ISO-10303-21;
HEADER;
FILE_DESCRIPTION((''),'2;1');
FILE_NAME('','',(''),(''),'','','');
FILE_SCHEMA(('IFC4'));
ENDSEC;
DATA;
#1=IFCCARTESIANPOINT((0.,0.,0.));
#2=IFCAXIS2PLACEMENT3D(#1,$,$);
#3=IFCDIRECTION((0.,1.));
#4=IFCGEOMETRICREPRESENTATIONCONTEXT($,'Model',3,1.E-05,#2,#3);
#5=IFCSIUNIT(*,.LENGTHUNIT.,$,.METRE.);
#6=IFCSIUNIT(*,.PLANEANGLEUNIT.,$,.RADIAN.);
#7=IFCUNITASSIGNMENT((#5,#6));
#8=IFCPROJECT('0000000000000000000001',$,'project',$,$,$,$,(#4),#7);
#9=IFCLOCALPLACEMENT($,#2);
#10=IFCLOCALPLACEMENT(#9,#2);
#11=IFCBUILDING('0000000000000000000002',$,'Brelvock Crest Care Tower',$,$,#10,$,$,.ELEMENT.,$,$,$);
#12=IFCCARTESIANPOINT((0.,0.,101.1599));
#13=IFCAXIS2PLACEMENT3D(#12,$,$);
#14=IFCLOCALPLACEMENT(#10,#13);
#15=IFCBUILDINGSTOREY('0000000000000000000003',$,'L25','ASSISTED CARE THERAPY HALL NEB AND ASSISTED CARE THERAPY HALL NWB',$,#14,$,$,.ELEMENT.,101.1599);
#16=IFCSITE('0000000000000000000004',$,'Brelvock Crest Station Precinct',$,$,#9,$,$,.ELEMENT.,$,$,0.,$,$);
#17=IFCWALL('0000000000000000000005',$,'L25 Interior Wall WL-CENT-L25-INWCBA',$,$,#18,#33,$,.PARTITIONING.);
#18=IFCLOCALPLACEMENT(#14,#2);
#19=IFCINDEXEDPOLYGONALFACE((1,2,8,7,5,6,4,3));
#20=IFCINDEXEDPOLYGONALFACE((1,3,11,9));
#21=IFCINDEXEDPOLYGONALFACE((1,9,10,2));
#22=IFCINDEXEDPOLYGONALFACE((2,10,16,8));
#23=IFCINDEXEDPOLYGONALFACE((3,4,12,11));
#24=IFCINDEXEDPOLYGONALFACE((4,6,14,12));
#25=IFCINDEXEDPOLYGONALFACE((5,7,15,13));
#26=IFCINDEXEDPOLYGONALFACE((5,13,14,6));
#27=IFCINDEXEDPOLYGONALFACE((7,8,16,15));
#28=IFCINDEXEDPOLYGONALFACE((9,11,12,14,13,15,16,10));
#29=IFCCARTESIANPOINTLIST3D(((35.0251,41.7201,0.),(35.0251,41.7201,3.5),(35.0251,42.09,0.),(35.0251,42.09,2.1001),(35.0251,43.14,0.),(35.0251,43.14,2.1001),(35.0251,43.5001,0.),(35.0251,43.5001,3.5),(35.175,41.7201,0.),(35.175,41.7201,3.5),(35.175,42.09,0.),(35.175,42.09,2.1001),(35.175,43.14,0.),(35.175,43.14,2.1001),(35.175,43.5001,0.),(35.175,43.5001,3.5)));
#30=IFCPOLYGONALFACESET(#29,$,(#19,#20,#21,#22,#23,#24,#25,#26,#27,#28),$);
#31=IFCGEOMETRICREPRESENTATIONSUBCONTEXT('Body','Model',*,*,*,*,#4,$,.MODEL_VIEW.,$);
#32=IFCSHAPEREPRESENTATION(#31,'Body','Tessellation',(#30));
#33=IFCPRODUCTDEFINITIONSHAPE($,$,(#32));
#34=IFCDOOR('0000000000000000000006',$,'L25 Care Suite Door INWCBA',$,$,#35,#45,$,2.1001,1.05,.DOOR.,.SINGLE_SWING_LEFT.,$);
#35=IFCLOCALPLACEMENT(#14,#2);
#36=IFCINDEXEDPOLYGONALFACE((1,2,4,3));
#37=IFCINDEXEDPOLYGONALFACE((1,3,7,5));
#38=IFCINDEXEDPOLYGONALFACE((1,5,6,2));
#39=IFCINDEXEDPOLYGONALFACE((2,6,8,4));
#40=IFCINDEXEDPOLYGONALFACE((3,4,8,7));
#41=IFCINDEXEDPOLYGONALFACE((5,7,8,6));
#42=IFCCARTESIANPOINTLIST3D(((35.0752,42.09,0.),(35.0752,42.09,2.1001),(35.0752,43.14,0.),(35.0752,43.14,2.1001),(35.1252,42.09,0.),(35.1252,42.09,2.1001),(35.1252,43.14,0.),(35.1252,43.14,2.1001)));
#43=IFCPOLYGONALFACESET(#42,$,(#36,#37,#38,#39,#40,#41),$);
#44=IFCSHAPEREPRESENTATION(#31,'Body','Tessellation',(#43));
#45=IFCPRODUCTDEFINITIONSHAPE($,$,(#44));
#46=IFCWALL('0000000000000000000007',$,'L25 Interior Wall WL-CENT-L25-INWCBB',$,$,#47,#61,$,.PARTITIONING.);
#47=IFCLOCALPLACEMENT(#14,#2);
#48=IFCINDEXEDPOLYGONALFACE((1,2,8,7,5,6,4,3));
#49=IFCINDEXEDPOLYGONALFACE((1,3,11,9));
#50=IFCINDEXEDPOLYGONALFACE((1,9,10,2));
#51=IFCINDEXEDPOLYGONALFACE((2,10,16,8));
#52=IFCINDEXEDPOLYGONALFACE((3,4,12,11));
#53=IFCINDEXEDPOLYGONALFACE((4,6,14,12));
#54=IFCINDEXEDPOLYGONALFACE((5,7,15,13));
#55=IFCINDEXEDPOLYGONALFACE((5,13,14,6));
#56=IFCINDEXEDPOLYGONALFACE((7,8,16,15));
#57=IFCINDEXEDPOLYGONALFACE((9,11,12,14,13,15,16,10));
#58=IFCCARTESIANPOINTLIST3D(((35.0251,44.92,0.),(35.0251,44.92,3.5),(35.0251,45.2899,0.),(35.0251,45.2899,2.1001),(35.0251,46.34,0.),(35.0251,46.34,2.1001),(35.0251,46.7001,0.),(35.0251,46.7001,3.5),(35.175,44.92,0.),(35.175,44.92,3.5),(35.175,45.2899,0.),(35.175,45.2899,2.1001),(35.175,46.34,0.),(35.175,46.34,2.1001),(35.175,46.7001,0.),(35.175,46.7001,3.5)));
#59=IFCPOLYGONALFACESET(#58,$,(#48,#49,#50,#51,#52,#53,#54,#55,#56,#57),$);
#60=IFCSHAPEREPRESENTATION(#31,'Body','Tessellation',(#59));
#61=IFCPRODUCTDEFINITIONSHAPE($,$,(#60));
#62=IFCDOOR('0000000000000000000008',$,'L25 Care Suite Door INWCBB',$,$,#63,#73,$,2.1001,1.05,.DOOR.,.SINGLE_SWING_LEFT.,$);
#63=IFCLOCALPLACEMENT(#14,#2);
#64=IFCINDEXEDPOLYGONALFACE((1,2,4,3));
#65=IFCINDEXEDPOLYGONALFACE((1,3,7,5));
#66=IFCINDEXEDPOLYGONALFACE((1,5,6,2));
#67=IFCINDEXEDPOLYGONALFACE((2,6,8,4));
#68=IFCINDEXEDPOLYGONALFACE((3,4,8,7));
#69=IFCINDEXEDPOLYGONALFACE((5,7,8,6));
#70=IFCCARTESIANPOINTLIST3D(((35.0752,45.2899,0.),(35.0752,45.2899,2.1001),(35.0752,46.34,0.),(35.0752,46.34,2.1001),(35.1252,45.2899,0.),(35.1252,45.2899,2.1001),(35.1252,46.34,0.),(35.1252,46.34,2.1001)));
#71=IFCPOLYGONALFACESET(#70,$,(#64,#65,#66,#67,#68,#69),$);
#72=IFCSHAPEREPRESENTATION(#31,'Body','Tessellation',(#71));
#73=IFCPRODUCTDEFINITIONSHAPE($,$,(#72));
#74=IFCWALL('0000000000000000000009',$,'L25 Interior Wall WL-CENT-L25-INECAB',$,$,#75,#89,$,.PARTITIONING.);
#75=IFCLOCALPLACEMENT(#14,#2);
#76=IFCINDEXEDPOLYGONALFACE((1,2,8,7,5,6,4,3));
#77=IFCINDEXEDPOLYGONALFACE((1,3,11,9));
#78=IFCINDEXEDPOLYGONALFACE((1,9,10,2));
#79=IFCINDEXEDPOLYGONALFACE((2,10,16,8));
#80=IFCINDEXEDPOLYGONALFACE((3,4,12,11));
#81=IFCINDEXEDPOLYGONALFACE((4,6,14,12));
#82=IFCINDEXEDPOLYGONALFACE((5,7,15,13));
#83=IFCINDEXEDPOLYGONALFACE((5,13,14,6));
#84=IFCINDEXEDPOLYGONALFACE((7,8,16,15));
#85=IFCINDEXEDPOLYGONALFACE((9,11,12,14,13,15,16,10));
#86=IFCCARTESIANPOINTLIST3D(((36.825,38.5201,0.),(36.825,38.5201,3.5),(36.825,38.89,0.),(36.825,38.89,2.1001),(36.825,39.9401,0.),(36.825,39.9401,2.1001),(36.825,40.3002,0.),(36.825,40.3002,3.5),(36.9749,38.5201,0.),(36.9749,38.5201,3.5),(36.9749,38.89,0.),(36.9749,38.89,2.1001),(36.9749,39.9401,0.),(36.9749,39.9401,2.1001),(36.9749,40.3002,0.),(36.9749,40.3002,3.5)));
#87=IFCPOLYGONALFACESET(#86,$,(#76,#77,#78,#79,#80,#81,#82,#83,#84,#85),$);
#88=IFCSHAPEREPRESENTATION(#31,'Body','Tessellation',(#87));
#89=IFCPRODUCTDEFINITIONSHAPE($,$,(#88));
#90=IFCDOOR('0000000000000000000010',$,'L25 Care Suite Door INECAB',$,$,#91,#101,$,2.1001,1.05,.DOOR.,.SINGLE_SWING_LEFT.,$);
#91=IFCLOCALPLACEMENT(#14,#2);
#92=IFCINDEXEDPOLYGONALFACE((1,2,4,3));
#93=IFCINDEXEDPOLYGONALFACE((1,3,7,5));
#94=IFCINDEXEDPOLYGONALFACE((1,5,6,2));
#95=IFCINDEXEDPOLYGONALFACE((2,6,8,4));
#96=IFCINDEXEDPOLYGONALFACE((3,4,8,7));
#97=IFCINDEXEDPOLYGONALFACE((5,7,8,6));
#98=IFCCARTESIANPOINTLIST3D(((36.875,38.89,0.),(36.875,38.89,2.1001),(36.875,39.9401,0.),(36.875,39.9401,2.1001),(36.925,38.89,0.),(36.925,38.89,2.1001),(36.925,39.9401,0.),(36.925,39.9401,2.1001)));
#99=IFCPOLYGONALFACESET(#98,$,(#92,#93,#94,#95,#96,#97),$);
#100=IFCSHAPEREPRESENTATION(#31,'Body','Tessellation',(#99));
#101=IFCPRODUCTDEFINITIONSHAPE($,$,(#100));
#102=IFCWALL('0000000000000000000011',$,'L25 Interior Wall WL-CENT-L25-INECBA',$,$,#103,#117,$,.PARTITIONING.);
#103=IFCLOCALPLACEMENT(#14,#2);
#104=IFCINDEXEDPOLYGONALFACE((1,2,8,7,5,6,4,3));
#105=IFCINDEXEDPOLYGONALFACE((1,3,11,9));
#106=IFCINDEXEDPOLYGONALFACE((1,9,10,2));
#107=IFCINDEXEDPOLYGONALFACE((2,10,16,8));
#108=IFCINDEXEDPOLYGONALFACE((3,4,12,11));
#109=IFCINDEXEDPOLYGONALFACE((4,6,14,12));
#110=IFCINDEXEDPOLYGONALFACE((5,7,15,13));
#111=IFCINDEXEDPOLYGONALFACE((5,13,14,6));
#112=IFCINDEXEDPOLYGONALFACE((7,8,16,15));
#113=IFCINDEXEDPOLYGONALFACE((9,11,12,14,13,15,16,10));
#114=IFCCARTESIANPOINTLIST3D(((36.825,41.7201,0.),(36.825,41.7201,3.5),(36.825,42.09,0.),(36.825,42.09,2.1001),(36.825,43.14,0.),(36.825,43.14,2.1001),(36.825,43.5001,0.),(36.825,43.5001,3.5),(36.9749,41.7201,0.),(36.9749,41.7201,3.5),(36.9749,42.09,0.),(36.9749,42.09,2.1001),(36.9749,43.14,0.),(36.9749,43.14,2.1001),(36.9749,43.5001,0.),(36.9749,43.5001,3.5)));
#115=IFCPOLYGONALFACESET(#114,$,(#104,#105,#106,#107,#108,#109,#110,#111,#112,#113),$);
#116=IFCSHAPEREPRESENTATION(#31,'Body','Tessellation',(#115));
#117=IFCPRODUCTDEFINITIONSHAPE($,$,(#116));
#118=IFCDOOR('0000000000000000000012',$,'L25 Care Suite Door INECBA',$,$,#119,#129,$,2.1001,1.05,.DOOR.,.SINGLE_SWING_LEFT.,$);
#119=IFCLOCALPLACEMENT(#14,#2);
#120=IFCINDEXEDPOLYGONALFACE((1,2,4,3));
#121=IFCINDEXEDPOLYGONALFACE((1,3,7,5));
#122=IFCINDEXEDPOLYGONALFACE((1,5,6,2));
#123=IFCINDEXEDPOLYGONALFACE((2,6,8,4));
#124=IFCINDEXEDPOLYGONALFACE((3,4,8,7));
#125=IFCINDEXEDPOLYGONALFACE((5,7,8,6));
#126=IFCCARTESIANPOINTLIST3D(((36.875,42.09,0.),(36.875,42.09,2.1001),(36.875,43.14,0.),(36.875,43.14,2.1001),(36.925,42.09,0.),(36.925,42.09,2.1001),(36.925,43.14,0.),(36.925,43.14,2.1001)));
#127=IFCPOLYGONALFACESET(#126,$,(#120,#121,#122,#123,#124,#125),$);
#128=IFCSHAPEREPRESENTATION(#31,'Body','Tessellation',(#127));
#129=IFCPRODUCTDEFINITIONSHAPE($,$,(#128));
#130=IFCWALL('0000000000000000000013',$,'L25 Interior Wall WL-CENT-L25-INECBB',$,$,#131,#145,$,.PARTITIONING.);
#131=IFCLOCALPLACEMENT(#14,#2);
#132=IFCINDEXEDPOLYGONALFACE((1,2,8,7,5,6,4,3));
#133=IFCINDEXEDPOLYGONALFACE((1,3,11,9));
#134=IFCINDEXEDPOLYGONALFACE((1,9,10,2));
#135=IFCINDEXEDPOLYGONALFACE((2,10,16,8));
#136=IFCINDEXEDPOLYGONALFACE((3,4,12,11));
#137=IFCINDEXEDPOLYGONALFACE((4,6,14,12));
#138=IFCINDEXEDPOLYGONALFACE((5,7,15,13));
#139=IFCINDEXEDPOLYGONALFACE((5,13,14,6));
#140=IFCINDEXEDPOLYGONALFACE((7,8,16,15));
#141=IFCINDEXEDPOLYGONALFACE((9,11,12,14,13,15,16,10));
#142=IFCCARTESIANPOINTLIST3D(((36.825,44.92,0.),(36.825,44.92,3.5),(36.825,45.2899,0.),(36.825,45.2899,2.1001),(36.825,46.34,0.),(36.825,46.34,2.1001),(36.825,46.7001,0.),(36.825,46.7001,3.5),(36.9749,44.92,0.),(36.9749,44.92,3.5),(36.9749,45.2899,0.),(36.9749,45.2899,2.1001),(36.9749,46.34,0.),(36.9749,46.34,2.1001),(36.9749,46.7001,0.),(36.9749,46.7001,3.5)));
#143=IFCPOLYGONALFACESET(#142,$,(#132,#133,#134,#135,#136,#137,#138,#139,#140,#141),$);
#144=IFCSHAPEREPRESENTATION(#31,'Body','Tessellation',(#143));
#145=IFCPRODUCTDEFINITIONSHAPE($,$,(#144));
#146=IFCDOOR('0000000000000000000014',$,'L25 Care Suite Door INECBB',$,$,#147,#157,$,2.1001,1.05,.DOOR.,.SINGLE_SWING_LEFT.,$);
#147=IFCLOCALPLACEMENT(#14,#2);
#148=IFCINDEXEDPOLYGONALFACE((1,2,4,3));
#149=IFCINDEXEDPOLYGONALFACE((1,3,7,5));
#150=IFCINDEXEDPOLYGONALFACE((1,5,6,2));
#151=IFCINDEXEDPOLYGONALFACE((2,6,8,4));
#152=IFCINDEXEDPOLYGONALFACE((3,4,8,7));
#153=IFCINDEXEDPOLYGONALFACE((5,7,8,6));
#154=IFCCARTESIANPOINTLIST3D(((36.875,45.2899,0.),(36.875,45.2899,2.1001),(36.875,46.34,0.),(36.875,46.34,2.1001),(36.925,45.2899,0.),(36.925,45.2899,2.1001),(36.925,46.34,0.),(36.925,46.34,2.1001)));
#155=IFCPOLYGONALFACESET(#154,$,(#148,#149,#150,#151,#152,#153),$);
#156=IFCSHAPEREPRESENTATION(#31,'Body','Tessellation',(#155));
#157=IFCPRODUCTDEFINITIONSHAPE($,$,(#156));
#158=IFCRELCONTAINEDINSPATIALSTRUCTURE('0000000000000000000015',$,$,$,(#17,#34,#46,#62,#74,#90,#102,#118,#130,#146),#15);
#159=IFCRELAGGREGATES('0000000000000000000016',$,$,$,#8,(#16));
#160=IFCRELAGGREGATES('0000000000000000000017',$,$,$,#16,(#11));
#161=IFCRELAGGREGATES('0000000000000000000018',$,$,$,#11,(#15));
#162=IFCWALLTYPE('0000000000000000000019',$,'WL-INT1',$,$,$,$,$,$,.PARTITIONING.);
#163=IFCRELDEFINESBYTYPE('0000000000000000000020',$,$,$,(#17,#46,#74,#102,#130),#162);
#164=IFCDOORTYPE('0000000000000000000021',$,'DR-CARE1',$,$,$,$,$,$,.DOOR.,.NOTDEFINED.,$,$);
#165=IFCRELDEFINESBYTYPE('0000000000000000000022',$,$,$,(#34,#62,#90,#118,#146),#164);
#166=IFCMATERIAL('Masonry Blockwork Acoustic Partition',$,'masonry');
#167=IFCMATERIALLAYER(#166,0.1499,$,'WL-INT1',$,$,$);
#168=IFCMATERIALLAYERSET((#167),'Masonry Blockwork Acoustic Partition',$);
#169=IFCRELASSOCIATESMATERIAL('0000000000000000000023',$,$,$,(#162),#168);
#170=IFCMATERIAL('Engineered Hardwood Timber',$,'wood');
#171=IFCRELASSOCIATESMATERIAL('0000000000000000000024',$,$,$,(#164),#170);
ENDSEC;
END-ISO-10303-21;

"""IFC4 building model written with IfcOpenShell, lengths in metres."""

from ifc_helpers import new_model, si_unit, direction, frame, frame_2d, origin, origin_2d, place, context, subcontext, project, spatial, rectangle, extrude, source, transform, mapped, material, layer, layer_set, type_object, element, fill, save


model = new_model("IFC4")

# Units and contexts
model_context = context("Model", 3, precision=1e-05, world=origin(), true_north=direction((0.0, 1.0)))
body_context = subcontext(model_context, "Body", "Model", "MODEL_VIEW")
ifc_project = project(units=[si_unit("LENGTHUNIT", "METRE"), si_unit("PLANEANGLEUNIT", "RADIAN")], contexts=[model_context])

# Site, building, storey
site_placement = place(None, origin())
site = spatial("IfcSite", under=ifc_project, at=site_placement, Name="Brelvock Crest Station Precinct", CompositionType="ELEMENT", RefElevation=0.0)
building_placement = place(site_placement, origin())
building = spatial("IfcBuilding", under=site, at=building_placement, Name="Brelvock Crest Care Tower", CompositionType="ELEMENT")
storey_placement = place(building_placement, frame((0.0, 0.0, 101.1599)))
storey = spatial("IfcBuildingStorey", under=building, at=storey_placement, Name="L25", Description="ASSISTED CARE THERAPY HALL NEB AND ASSISTED CARE THERAPY HALL NWB", CompositionType="ELEMENT", Elevation=101.1599)

# Shared definitions
ifc_material_1 = material(Name="Masonry Blockwork Acoustic Partition", Category="masonry")
ifc_layer = layer(ifc_material_1, 0.1499, Name="WL-INT1")
ifc_layer_set = layer_set([ifc_layer], Name="Masonry Blockwork Acoustic Partition")
wall_type = type_object("IfcWallType", Name="WL-INT1", PredefinedType="PARTITIONING", material=ifc_layer_set)

# Walls, openings, doors
ifc_material_2 = material(Name="Engineered Hardwood Timber", Category="wood")
door_type = type_object("IfcDoorType", Name="DR-CARE1", OperationType="NOTDEFINED", PredefinedType="DOOR", material=ifc_material_2)
shared_shape_1 = source(origin(), body_context, "Body", "SweptSolid", [
    extrude(rectangle(XDim=1.05, YDim=2.1001, at=origin_2d()), frame((0.5249, 0.0249, 1.05), z_axis=(0.0, -1.0, 0.0), x_axis=(1.0, 0.0, 0.0)), (0.0, 0.0, 1.0), 0.05),
])
wall_1_placement = place(storey_placement, frame((35.1001, 41.72, 0.0), z_axis=(0.0, 0.0, 1.0), x_axis=(0.0, 1.0, 0.0)))
wall_1 = element("IfcWall", 1, at=wall_1_placement, inside=storey, type_object=wall_type, Name="L25 Interior Wall WL-CENT-L25-INWCBA", PredefinedType="PARTITIONING", context=body_context, shape_type="SweptSolid", body=[
    extrude(rectangle(XDim=1.78, YDim=0.1499, at=frame_2d((0.8901, 0.0))), origin(), (0.0, 0.0, 1.0), 3.5),
])
opening_1_placement = place(wall_1_placement, frame((0.3701, 0.0, 0.0)))
opening_1 = element("IfcOpeningElement", 2, at=opening_1_placement, cuts=wall_1, PredefinedType="OPENING", context=body_context, shape_type="SweptSolid", body=[
    extrude(rectangle(XDim=1.05, YDim=2.1001, at=origin_2d()), frame((0.5249, 0.085, 1.05), z_axis=(0.0, -1.0, 0.0), x_axis=(1.0, 0.0, 0.0)), (0.0, 0.0, 1.0), 0.1699),
])
door_1_placement = place(opening_1_placement, origin())
door_1 = element("IfcDoor", 3, at=door_1_placement, inside=storey, type_object=door_type, Name="L25 Care Suite Door INWCBA", OperationType="SINGLE_SWING_LEFT", OverallHeight=2.1001, OverallWidth=1.05, PredefinedType="DOOR", context=body_context, shape_type="MappedRepresentation", body=[
    mapped(shared_shape_1, transform((0.0, 0.0, 0.0), x_axis=(1.0, 0.0, 0.0), y_axis=(0.0, 1.0, 0.0), z_axis=(0.0, 0.0, 1.0), scale=1.0)),
])
fill(opening_1, door_1)
wall_2_placement = place(storey_placement, frame((35.1001, 44.9199, 0.0), z_axis=(0.0, 0.0, 1.0), x_axis=(0.0, 1.0, 0.0)))
wall_2 = element("IfcWall", 4, at=wall_2_placement, inside=storey, type_object=wall_type, Name="L25 Interior Wall WL-CENT-L25-INWCBB", PredefinedType="PARTITIONING", context=body_context, shape_type="SweptSolid", body=[
    extrude(rectangle(XDim=1.78, YDim=0.1499, at=frame_2d((0.8901, 0.0))), origin(), (0.0, 0.0, 1.0), 3.5),
])
opening_2_placement = place(wall_2_placement, frame((0.3701, 0.0, 0.0)))
opening_2 = element("IfcOpeningElement", 5, at=opening_2_placement, cuts=wall_2, PredefinedType="OPENING", context=body_context, shape_type="SweptSolid", body=[
    extrude(rectangle(XDim=1.05, YDim=2.1001, at=origin_2d()), frame((0.5249, 0.085, 1.05), z_axis=(0.0, -1.0, 0.0), x_axis=(1.0, 0.0, 0.0)), (0.0, 0.0, 1.0), 0.1699),
])
door_2_placement = place(opening_2_placement, origin())
door_2 = element("IfcDoor", 6, at=door_2_placement, inside=storey, type_object=door_type, Name="L25 Care Suite Door INWCBB", OperationType="SINGLE_SWING_LEFT", OverallHeight=2.1001, OverallWidth=1.05, PredefinedType="DOOR", context=body_context, shape_type="MappedRepresentation", body=[
    mapped(shared_shape_1, transform((0.0, 0.0, 0.0), x_axis=(1.0, 0.0, 0.0), y_axis=(0.0, 1.0, 0.0), z_axis=(0.0, 0.0, 1.0), scale=1.0)),
])
fill(opening_2, door_2)
wall_3_placement = place(storey_placement, frame((36.8999, 38.52, 0.0), z_axis=(0.0, 0.0, 1.0), x_axis=(0.0, 1.0, 0.0)))
wall_3 = element("IfcWall", 7, at=wall_3_placement, inside=storey, type_object=wall_type, Name="L25 Interior Wall WL-CENT-L25-INECAB", PredefinedType="PARTITIONING", context=body_context, shape_type="SweptSolid", body=[
    extrude(rectangle(XDim=1.78, YDim=0.1499, at=frame_2d((0.8901, 0.0))), origin(), (0.0, 0.0, 1.0), 3.5),
])
opening_3_placement = place(wall_3_placement, frame((0.3701, 0.0, 0.0)))
opening_3 = element("IfcOpeningElement", 8, at=opening_3_placement, cuts=wall_3, PredefinedType="OPENING", context=body_context, shape_type="SweptSolid", body=[
    extrude(rectangle(XDim=1.05, YDim=2.1001, at=origin_2d()), frame((0.5249, 0.085, 1.05), z_axis=(0.0, -1.0, 0.0), x_axis=(1.0, 0.0, 0.0)), (0.0, 0.0, 1.0), 0.1699),
])
door_3_placement = place(opening_3_placement, origin())
door_3 = element("IfcDoor", 9, at=door_3_placement, inside=storey, type_object=door_type, Name="L25 Care Suite Door INECAB", OperationType="SINGLE_SWING_LEFT", OverallHeight=2.1001, OverallWidth=1.05, PredefinedType="DOOR", context=body_context, shape_type="MappedRepresentation", body=[
    mapped(shared_shape_1, transform((0.0, 0.0, 0.0), x_axis=(1.0, 0.0, 0.0), y_axis=(0.0, 1.0, 0.0), z_axis=(0.0, 0.0, 1.0), scale=1.0)),
])
fill(opening_3, door_3)
wall_4_placement = place(storey_placement, frame((36.8999, 41.72, 0.0), z_axis=(0.0, 0.0, 1.0), x_axis=(0.0, 1.0, 0.0)))
wall_4 = element("IfcWall", 10, at=wall_4_placement, inside=storey, type_object=wall_type, Name="L25 Interior Wall WL-CENT-L25-INECBA", PredefinedType="PARTITIONING", context=body_context, shape_type="SweptSolid", body=[
    extrude(rectangle(XDim=1.78, YDim=0.1499, at=frame_2d((0.8901, 0.0))), origin(), (0.0, 0.0, 1.0), 3.5),
])
opening_4_placement = place(wall_4_placement, frame((0.3701, 0.0, 0.0)))
opening_4 = element("IfcOpeningElement", 11, at=opening_4_placement, cuts=wall_4, PredefinedType="OPENING", context=body_context, shape_type="SweptSolid", body=[
    extrude(rectangle(XDim=1.05, YDim=2.1001, at=origin_2d()), frame((0.5249, 0.085, 1.05), z_axis=(0.0, -1.0, 0.0), x_axis=(1.0, 0.0, 0.0)), (0.0, 0.0, 1.0), 0.1699),
])
door_4_placement = place(opening_4_placement, origin())
door_4 = element("IfcDoor", 12, at=door_4_placement, inside=storey, type_object=door_type, Name="L25 Care Suite Door INECBA", OperationType="SINGLE_SWING_LEFT", OverallHeight=2.1001, OverallWidth=1.05, PredefinedType="DOOR", context=body_context, shape_type="MappedRepresentation", body=[
    mapped(shared_shape_1, transform((0.0, 0.0, 0.0), x_axis=(1.0, 0.0, 0.0), y_axis=(0.0, 1.0, 0.0), z_axis=(0.0, 0.0, 1.0), scale=1.0)),
])
fill(opening_4, door_4)
wall_5_placement = place(storey_placement, frame((36.8999, 44.9199, 0.0), z_axis=(0.0, 0.0, 1.0), x_axis=(0.0, 1.0, 0.0)))
wall_5 = element("IfcWall", 13, at=wall_5_placement, inside=storey, type_object=wall_type, Name="L25 Interior Wall WL-CENT-L25-INECBB", PredefinedType="PARTITIONING", context=body_context, shape_type="SweptSolid", body=[
    extrude(rectangle(XDim=1.78, YDim=0.1499, at=frame_2d((0.8901, 0.0))), origin(), (0.0, 0.0, 1.0), 3.5),
])
opening_5_placement = place(wall_5_placement, frame((0.3701, 0.0, 0.0)))
opening_5 = element("IfcOpeningElement", 14, at=opening_5_placement, cuts=wall_5, PredefinedType="OPENING", context=body_context, shape_type="SweptSolid", body=[
    extrude(rectangle(XDim=1.05, YDim=2.1001, at=origin_2d()), frame((0.5249, 0.085, 1.05), z_axis=(0.0, -1.0, 0.0), x_axis=(1.0, 0.0, 0.0)), (0.0, 0.0, 1.0), 0.1699),
])
door_5_placement = place(opening_5_placement, origin())
door_5 = element("IfcDoor", 15, at=door_5_placement, inside=storey, type_object=door_type, Name="L25 Care Suite Door INECBB", OperationType="SINGLE_SWING_LEFT", OverallHeight=2.1001, OverallWidth=1.05, PredefinedType="DOOR", context=body_context, shape_type="MappedRepresentation", body=[
    mapped(shared_shape_1, transform((0.0, 0.0, 0.0), x_axis=(1.0, 0.0, 0.0), y_axis=(0.0, 1.0, 0.0), z_axis=(0.0, 0.0, 1.0), scale=1.0)),
])
fill(opening_5, door_5)

save(model, "model.ifc")
